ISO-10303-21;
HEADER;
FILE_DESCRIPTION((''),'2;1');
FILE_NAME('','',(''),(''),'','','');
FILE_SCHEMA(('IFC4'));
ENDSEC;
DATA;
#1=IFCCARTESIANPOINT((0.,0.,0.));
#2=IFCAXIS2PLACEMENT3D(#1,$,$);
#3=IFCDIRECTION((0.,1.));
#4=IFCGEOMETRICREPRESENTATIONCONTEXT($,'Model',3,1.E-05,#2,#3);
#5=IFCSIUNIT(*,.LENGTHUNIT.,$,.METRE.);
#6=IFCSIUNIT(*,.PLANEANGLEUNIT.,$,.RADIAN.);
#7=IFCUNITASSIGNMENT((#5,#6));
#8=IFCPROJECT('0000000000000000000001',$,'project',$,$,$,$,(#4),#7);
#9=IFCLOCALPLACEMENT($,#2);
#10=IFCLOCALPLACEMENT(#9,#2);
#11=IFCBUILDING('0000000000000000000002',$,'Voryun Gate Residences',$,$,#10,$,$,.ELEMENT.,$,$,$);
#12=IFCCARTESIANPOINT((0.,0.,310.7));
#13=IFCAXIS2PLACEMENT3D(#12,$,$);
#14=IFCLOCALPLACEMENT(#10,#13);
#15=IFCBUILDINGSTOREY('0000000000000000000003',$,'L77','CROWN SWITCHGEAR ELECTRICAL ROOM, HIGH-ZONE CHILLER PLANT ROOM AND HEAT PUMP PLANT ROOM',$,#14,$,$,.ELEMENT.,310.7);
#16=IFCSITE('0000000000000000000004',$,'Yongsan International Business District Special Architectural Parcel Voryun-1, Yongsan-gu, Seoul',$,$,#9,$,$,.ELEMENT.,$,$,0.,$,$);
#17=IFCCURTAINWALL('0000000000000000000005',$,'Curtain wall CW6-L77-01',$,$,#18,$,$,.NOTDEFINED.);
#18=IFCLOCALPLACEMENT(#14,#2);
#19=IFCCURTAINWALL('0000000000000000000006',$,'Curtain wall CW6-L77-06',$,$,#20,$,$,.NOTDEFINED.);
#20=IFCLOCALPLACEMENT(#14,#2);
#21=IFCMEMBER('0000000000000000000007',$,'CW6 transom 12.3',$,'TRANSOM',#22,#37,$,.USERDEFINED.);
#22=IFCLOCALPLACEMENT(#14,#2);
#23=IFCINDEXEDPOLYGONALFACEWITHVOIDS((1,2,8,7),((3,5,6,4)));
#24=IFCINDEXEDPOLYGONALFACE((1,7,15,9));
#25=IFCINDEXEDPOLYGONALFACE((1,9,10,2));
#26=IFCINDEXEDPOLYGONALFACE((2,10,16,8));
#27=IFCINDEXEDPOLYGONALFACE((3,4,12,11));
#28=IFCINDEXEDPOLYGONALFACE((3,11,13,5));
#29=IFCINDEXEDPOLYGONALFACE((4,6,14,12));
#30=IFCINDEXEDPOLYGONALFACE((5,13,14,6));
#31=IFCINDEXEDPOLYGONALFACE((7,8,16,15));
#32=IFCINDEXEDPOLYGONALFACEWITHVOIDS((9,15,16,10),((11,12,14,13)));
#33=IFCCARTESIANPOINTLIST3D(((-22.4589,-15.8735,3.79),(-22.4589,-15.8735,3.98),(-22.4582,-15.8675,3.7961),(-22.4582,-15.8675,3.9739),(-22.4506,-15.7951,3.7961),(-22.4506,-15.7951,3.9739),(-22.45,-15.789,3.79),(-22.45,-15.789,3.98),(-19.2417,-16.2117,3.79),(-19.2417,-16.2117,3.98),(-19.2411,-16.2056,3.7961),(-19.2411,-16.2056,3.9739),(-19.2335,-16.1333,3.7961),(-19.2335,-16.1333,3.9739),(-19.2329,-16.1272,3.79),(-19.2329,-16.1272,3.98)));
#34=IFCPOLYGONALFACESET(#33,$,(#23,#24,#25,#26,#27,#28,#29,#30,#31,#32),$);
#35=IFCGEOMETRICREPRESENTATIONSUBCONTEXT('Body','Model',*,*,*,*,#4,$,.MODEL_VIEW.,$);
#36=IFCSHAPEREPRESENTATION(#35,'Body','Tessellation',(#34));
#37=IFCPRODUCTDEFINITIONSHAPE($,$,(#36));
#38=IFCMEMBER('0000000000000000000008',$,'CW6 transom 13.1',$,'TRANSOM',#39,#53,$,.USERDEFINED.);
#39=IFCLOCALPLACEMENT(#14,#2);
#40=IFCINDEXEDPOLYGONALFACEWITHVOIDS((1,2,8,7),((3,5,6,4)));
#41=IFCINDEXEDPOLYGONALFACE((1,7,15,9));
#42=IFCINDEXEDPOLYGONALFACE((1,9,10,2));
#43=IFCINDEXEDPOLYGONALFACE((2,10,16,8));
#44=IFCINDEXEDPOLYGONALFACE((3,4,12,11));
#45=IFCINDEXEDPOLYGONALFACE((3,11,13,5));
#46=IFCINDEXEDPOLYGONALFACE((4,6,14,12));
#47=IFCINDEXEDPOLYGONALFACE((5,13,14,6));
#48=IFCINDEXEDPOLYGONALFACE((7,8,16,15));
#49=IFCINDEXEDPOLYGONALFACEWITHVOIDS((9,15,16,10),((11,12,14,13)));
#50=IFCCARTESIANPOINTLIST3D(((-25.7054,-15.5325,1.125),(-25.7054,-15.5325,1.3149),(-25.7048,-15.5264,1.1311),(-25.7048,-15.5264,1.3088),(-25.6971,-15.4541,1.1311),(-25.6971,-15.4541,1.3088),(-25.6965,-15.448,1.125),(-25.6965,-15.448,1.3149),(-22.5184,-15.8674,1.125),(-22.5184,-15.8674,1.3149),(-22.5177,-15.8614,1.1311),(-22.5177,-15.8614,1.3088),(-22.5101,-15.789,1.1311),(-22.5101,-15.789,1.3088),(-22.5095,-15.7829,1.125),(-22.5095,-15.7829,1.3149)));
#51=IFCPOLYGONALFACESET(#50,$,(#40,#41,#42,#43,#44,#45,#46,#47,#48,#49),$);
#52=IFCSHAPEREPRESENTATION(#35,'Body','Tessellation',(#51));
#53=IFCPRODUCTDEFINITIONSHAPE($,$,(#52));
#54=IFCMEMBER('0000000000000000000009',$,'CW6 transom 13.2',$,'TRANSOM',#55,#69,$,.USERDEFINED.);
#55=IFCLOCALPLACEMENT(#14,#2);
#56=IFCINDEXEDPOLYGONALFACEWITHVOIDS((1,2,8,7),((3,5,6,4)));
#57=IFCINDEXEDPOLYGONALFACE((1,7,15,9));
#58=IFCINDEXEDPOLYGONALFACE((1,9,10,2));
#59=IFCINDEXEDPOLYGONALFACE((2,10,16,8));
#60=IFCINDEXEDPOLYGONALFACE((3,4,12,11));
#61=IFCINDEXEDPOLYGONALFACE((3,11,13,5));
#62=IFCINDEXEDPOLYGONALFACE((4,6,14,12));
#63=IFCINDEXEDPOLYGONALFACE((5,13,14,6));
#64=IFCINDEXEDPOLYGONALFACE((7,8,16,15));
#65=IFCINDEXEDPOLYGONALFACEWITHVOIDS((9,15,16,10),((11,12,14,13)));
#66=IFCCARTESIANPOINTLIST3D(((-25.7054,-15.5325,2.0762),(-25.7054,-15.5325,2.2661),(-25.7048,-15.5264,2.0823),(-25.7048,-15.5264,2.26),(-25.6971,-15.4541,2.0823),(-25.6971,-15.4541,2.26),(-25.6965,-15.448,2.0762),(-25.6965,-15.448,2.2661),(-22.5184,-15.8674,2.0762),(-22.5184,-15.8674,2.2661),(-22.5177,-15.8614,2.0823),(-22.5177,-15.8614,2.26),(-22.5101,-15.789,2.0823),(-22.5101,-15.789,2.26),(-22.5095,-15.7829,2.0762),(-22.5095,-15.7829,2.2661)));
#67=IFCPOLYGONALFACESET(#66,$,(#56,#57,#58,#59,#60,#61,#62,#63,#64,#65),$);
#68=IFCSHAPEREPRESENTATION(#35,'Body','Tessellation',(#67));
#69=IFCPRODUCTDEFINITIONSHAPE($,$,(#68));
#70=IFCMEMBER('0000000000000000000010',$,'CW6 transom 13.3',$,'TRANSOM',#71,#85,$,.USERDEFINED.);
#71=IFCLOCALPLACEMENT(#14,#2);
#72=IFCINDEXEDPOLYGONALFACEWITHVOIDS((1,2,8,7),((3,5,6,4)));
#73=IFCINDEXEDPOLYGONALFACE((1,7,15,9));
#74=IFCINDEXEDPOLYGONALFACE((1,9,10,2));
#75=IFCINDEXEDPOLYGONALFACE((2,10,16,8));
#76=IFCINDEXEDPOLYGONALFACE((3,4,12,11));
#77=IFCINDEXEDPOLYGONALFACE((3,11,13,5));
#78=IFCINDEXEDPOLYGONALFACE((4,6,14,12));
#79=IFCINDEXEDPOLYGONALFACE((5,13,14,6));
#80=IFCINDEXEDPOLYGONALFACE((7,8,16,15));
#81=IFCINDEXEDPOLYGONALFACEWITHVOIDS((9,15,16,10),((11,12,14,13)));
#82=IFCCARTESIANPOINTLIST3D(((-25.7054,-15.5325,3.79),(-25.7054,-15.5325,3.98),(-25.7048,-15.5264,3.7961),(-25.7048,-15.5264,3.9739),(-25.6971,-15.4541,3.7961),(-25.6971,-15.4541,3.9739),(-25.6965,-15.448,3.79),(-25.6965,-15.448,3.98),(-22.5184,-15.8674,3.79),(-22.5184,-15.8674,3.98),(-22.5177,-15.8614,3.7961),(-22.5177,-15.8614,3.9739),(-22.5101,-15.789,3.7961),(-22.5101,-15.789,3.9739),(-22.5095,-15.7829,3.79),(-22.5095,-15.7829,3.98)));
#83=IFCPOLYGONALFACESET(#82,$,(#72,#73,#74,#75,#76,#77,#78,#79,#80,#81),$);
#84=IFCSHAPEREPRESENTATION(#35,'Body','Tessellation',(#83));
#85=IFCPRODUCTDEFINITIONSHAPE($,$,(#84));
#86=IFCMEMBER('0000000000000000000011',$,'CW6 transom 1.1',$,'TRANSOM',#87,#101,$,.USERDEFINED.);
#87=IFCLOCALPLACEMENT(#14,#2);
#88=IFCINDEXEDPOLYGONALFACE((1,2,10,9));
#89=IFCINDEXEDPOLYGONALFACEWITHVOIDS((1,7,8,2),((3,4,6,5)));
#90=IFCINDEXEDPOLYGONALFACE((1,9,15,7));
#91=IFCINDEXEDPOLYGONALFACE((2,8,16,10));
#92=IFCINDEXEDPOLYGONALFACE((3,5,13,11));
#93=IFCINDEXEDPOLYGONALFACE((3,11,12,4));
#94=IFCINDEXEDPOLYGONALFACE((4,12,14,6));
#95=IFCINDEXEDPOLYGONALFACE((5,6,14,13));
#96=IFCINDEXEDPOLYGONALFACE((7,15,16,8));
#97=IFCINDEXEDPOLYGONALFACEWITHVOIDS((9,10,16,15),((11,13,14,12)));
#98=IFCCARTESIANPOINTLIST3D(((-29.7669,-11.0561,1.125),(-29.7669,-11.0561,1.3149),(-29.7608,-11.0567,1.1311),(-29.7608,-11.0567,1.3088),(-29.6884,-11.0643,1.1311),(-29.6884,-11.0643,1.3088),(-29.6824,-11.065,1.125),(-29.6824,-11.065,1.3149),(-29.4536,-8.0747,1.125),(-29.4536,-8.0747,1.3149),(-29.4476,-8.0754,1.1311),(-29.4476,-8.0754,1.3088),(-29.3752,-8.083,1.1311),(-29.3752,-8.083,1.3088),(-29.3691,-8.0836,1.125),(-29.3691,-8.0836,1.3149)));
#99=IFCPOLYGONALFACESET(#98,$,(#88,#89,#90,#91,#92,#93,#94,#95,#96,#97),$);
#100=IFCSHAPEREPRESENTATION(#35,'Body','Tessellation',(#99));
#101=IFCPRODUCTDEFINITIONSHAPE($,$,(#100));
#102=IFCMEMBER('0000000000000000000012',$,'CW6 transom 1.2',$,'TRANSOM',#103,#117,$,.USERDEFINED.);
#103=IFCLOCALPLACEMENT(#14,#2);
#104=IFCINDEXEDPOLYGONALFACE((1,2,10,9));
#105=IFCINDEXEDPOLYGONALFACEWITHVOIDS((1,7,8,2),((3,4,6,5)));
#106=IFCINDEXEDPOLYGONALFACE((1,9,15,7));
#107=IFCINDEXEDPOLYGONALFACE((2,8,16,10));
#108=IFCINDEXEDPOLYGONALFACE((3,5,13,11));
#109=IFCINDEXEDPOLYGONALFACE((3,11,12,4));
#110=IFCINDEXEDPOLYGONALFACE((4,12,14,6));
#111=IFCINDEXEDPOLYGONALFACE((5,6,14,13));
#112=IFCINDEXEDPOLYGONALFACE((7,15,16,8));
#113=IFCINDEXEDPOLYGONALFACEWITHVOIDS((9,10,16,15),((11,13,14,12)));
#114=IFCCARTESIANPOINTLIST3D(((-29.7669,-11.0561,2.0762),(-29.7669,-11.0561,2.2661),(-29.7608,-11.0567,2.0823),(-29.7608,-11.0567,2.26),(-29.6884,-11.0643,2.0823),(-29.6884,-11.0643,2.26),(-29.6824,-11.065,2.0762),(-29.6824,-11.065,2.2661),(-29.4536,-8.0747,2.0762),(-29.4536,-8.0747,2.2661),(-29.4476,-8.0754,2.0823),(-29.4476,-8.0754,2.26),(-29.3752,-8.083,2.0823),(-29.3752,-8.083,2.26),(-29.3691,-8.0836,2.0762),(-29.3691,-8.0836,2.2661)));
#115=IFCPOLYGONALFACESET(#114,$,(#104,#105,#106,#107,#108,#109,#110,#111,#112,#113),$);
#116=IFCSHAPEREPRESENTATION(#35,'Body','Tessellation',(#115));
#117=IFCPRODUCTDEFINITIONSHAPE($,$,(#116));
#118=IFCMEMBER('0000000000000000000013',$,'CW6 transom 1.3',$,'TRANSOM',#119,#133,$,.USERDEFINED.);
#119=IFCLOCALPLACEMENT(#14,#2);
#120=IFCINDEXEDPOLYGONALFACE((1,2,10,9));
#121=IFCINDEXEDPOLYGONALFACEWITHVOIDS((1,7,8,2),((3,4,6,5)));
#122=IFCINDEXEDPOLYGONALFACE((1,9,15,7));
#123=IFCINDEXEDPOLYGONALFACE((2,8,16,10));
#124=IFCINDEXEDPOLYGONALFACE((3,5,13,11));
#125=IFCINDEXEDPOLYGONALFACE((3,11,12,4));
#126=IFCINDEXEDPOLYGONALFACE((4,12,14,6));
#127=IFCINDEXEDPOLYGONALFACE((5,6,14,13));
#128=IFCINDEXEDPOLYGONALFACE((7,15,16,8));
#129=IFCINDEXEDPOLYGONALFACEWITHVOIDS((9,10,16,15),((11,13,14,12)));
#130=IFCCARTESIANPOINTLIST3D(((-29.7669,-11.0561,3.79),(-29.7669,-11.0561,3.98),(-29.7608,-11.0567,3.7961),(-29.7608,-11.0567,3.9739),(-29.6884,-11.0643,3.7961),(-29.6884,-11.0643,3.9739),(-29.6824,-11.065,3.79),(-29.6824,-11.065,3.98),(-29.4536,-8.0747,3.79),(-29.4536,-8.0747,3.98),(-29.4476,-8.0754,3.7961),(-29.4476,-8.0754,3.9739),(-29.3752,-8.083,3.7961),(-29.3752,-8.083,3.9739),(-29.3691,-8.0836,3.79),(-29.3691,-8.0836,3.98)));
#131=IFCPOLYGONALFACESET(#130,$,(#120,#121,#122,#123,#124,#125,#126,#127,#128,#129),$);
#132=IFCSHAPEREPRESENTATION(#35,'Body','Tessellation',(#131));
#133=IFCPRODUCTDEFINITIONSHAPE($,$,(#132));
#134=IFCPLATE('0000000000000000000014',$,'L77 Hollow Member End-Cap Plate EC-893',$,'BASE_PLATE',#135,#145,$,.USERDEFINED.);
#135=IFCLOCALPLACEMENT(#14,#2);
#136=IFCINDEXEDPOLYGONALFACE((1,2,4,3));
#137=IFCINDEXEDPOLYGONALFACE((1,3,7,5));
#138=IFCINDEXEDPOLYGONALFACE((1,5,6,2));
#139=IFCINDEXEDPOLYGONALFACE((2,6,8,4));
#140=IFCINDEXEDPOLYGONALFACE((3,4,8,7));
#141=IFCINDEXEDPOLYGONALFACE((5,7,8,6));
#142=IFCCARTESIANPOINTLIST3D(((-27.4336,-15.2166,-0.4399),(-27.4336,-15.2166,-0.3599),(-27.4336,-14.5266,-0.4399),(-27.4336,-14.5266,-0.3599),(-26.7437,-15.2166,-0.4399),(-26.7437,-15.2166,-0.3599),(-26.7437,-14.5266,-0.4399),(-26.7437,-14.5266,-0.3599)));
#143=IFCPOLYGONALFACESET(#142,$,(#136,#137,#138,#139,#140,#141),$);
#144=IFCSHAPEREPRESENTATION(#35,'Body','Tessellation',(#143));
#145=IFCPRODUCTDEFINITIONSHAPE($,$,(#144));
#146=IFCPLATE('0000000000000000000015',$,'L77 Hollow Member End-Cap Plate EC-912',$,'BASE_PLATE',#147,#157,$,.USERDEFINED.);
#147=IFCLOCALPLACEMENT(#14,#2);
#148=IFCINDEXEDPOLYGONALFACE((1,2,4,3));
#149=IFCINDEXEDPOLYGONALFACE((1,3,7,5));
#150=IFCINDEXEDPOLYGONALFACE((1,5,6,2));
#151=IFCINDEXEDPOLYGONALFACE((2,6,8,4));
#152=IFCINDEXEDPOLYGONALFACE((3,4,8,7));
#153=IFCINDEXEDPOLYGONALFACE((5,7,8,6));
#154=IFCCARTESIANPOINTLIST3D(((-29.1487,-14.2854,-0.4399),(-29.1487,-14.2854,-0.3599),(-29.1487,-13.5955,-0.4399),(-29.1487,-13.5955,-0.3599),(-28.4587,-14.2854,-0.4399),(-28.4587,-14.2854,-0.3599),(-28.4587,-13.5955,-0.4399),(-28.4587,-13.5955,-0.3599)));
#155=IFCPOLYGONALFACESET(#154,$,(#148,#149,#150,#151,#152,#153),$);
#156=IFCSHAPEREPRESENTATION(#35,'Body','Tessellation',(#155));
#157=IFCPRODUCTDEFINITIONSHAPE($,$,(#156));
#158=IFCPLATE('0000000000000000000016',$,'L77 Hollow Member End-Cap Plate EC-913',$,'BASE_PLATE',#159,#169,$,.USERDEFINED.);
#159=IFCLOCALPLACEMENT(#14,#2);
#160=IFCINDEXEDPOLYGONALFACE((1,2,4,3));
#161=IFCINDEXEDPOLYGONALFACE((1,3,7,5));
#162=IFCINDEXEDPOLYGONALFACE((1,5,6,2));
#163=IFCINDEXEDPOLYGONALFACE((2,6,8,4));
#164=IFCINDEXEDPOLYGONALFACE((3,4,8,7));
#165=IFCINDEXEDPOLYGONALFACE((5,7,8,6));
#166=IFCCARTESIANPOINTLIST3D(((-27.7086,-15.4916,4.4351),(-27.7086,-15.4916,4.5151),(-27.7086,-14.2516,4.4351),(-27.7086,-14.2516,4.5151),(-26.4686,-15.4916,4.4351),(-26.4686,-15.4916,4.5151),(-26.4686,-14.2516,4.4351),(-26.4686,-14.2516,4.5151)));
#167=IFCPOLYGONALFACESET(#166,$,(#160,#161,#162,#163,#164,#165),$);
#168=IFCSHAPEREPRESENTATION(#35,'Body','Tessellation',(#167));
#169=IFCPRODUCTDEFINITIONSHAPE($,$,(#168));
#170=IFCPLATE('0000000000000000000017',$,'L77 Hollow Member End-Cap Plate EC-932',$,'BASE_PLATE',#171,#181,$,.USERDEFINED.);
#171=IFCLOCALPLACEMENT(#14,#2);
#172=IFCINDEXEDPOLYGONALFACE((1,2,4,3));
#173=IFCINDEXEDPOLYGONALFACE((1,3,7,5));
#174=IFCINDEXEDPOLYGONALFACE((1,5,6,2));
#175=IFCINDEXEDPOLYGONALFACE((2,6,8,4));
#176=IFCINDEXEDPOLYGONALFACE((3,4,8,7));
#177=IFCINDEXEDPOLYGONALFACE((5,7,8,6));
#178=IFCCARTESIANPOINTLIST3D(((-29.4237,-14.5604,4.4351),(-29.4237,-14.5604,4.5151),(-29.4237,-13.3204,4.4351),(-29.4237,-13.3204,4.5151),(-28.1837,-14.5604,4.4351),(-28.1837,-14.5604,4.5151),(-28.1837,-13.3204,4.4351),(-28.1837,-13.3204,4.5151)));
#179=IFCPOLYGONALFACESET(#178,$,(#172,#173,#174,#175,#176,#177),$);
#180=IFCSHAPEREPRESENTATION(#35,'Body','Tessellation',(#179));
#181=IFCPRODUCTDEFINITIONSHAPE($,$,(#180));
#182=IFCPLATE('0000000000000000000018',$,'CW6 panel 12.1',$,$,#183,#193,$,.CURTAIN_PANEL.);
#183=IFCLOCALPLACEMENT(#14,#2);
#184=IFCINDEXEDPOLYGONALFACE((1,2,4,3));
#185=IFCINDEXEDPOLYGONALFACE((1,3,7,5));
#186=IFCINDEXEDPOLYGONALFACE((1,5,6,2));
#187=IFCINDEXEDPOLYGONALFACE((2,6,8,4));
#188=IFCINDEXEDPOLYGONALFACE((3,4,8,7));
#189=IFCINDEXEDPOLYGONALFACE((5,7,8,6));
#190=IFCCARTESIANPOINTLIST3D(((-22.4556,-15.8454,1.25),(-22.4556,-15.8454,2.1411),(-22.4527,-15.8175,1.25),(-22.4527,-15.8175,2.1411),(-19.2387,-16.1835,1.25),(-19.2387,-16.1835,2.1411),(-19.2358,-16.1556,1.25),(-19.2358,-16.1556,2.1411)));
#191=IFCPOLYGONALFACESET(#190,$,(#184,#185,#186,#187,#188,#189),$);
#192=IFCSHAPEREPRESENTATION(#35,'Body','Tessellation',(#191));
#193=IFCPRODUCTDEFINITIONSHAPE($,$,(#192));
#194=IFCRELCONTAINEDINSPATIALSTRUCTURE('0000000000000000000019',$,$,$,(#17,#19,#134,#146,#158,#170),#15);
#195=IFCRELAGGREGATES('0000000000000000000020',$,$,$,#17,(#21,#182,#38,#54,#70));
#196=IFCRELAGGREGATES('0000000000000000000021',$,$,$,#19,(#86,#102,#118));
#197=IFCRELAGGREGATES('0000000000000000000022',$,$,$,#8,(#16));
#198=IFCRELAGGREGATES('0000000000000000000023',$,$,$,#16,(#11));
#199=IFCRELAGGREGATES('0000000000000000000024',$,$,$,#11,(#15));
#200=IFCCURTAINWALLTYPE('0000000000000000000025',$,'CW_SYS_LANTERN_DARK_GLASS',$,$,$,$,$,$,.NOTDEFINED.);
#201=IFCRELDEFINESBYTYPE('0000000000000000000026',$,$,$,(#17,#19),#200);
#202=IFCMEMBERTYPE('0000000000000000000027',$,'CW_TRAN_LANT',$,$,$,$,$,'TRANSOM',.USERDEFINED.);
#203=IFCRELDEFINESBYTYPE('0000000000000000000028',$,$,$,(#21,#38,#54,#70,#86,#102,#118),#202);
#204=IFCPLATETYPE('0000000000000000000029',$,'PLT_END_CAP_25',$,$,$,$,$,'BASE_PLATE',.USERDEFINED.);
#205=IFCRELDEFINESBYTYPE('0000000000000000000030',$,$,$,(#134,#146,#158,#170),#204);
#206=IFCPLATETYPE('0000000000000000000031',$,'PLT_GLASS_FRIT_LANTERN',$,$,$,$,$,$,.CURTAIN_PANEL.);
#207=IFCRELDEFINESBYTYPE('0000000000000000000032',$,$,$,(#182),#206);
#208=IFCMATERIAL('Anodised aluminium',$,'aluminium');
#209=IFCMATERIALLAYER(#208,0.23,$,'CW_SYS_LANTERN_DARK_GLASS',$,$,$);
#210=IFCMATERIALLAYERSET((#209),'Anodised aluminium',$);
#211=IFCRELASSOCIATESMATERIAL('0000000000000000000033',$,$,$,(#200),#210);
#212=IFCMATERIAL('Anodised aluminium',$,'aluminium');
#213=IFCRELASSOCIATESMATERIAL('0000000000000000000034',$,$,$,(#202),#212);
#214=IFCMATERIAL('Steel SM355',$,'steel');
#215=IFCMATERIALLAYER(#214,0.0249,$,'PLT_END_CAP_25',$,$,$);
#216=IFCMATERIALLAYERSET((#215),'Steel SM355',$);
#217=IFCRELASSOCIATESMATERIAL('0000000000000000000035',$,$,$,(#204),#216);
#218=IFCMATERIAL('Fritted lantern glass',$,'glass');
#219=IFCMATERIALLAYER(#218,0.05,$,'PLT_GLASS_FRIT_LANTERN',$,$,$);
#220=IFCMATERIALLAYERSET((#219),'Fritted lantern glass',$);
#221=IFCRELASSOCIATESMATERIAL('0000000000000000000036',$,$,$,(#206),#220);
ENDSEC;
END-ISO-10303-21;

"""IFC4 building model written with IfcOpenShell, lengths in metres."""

from ifc_helpers import new_model, si_unit, direction, frame, origin, origin_2d, place, context, subcontext, project, spatial, rectangle, hollow_rectangle, extrude, material, layer, layer_set, material_profile, profile_set, type_object, element, aggregate, save


model = new_model("IFC4")

# Units and contexts
model_context = context("Model", 3, precision=1e-05, world=origin(), true_north=direction((0.0, 1.0)))
body_context = subcontext(model_context, "Body", "Model", "MODEL_VIEW")
ifc_project = project(units=[si_unit("LENGTHUNIT", "METRE"), si_unit("PLANEANGLEUNIT", "RADIAN")], contexts=[model_context])

# Site, building, storey
site_placement = place(None, origin())
site = spatial("IfcSite", under=ifc_project, at=site_placement, Name="Yongsan International Business District Special Architectural Parcel Voryun-1, Yongsan-gu, Seoul", CompositionType="ELEMENT", RefElevation=0.0)
building_placement = place(site_placement, origin())
building = spatial("IfcBuilding", under=site, at=building_placement, Name="Voryun Gate Residences", CompositionType="ELEMENT")
storey_placement = place(building_placement, frame((0.0, 0.0, 310.7)))
storey = spatial("IfcBuildingStorey", under=building, at=storey_placement, Name="L77", Description="CROWN SWITCHGEAR ELECTRICAL ROOM, HIGH-ZONE CHILLER PLANT ROOM AND HEAT PUMP PLANT ROOM", CompositionType="ELEMENT", Elevation=310.7)

# Curtain wall
ifc_material_1 = material(Name="Anodised aluminium", Category="aluminium")
ifc_layer_1 = layer(ifc_material_1, 0.23, Name="CW_SYS_LANTERN_DARK_GLASS")
ifc_layer_set_1 = layer_set([ifc_layer_1], Name="Anodised aluminium")
curtain_wall_type = type_object("IfcCurtainWallType", Name="CW_SYS_LANTERN_DARK_GLASS", PredefinedType="NOTDEFINED", material=ifc_layer_set_1)
curtain_wall_1_placement = place(storey_placement, origin())
curtain_wall_1 = element("IfcCurtainWall", 1, at=curtain_wall_1_placement, inside=storey, type_object=curtain_wall_type, Name="Curtain wall CW6-L77-01", PredefinedType="NOTDEFINED")

# Curtain wall
curtain_wall_2_placement = place(storey_placement, origin())
curtain_wall_2 = element("IfcCurtainWall", 2, at=curtain_wall_2_placement, inside=storey, type_object=curtain_wall_type, Name="Curtain wall CW6-L77-06", PredefinedType="NOTDEFINED")

# Members
ifc_material_2 = material(Name="Anodised aluminium", Category="aluminium")
ifc_material_profile_1 = material_profile(ifc_material_2, hollow_rectangle(XDim=0.085, YDim=0.1899, WallThickness=0.0061, at=origin_2d()), Name="ALU-TRAN-190x85x6")
ifc_profile_set_1 = profile_set([ifc_material_profile_1], Name="Anodised aluminium")
member_type_1 = type_object("IfcMemberType", Name="CW_TRAN_LANT", ElementType="TRANSOM", PredefinedType="USERDEFINED", material=ifc_profile_set_1)
member_1_placement = place(storey_placement, frame((-19.2373, -16.1694, 3.885), z_axis=(-0.994522, 0.104532, 0.0), x_axis=(-0.104532, -0.994522, 0.0)))
member_1 = element("IfcMember", 3, at=member_1_placement, type_object=member_type_1, Name="CW6 transom 12.3", ObjectType="TRANSOM", PredefinedType="USERDEFINED", context=body_context, shape_type="SweptSolid", body=[
    extrude(hollow_rectangle(XDim=0.085, YDim=0.1899, WallThickness=0.0061, at=origin_2d()), origin(), (0.0, 0.0, 1.0), 3.2349),
])
member_2_placement = place(storey_placement, frame((-22.5139, -15.8252, 1.22), z_axis=(-0.994522, 0.104526, 0.0), x_axis=(-0.104526, -0.994522, 0.0)))
member_2 = element("IfcMember", 4, at=member_2_placement, type_object=member_type_1, Name="CW6 transom 13.1", ObjectType="TRANSOM", PredefinedType="USERDEFINED", context=body_context, shape_type="SweptSolid", body=[
    extrude(hollow_rectangle(XDim=0.085, YDim=0.1899, WallThickness=0.0061, at=origin_2d()), origin(), (0.0, 0.0, 1.0), 3.2046),
])
member_3_placement = place(storey_placement, frame((-22.5139, -15.8252, 2.1711), z_axis=(-0.994522, 0.104526, 0.0), x_axis=(-0.104526, -0.994522, 0.0)))
member_3 = element("IfcMember", 5, at=member_3_placement, type_object=member_type_1, Name="CW6 transom 13.2", ObjectType="TRANSOM", PredefinedType="USERDEFINED", context=body_context, shape_type="SweptSolid", body=[
    extrude(hollow_rectangle(XDim=0.085, YDim=0.1899, WallThickness=0.0061, at=origin_2d()), origin(), (0.0, 0.0, 1.0), 3.2046),
])
member_4_placement = place(storey_placement, frame((-22.5139, -15.8252, 3.885), z_axis=(-0.994522, 0.104526, 0.0), x_axis=(-0.104526, -0.994522, 0.0)))
member_4 = element("IfcMember", 6, at=member_4_placement, type_object=member_type_1, Name="CW6 transom 13.3", ObjectType="TRANSOM", PredefinedType="USERDEFINED", context=body_context, shape_type="SweptSolid", body=[
    extrude(hollow_rectangle(XDim=0.085, YDim=0.1899, WallThickness=0.0061, at=origin_2d()), origin(), (0.0, 0.0, 1.0), 3.2046),
])
member_5_placement = place(storey_placement, frame((-29.7246, -11.0605, 1.22), z_axis=(0.104486, 0.994526, 0.0), x_axis=(-0.994526, 0.104486, 0.0)))
member_5 = element("IfcMember", 7, at=member_5_placement, type_object=member_type_1, Name="CW6 transom 1.1", ObjectType="TRANSOM", PredefinedType="USERDEFINED", context=body_context, shape_type="SweptSolid", body=[
    extrude(hollow_rectangle(XDim=0.085, YDim=0.1899, WallThickness=0.0061, at=origin_2d()), origin(), (0.0, 0.0, 1.0), 2.9978),
])
member_6_placement = place(storey_placement, frame((-29.7246, -11.0605, 2.1711), z_axis=(0.104486, 0.994526, 0.0), x_axis=(-0.994526, 0.104486, 0.0)))
member_6 = element("IfcMember", 8, at=member_6_placement, type_object=member_type_1, Name="CW6 transom 1.2", ObjectType="TRANSOM", PredefinedType="USERDEFINED", context=body_context, shape_type="SweptSolid", body=[
    extrude(hollow_rectangle(XDim=0.085, YDim=0.1899, WallThickness=0.0061, at=origin_2d()), origin(), (0.0, 0.0, 1.0), 2.9978),
])
member_7_placement = place(storey_placement, frame((-29.7246, -11.0605, 3.885), z_axis=(0.104486, 0.994526, 0.0), x_axis=(-0.994526, 0.104486, 0.0)))
member_7 = element("IfcMember", 9, at=member_7_placement, type_object=member_type_1, Name="CW6 transom 1.3", ObjectType="TRANSOM", PredefinedType="USERDEFINED", context=body_context, shape_type="SweptSolid", body=[
    extrude(hollow_rectangle(XDim=0.085, YDim=0.1899, WallThickness=0.0061, at=origin_2d()), origin(), (0.0, 0.0, 1.0), 2.9978),
])

# Plates
ifc_material_3 = material(Name="Steel SM355", Category="steel")
ifc_layer_2 = layer(ifc_material_3, 0.0249, Name="PLT_END_CAP_25")
ifc_layer_set_2 = layer_set([ifc_layer_2], Name="Steel SM355")
plate_type_1 = type_object("IfcPlateType", Name="PLT_END_CAP_25", ElementType="BASE_PLATE", PredefinedType="USERDEFINED", material=ifc_layer_set_2)
for number, where, z_axis, x_axis, name in (
    (10, (-27.0886, -14.8716, -0.4399), (0.0, 0.0, 1.0), (1.0, 0.0, 0.0), "L77 Hollow Member End-Cap Plate EC-893"),
    (11, (-28.8037, -13.9404, -0.4399), (0.0, 0.0, 1.0), (1.0, 0.0, 0.0), "L77 Hollow Member End-Cap Plate EC-912"),
):
    element("IfcPlate", number, at=place(storey_placement, frame(where, z_axis=z_axis, x_axis=x_axis)), inside=storey, type_object=plate_type_1, Name=name, ObjectType="BASE_PLATE", PredefinedType="USERDEFINED", context=body_context, shape_type="SweptSolid", body=[
        extrude(rectangle(XDim=0.6899, YDim=0.6899, at=origin_2d()), origin(), (0.0, 0.0, 1.0), 0.0801),
    ])
for number, where, z_axis, x_axis, name in (
    (12, (-27.0886, -14.8716, 4.4351), (0.0, 0.0, 1.0), (1.0, 0.0, 0.0), "L77 Hollow Member End-Cap Plate EC-913"),
    (13, (-28.8037, -13.9404, 4.4351), (0.0, 0.0, 1.0), (1.0, 0.0, 0.0), "L77 Hollow Member End-Cap Plate EC-932"),
):
    element("IfcPlate", number, at=place(storey_placement, frame(where, z_axis=z_axis, x_axis=x_axis)), inside=storey, type_object=plate_type_1, Name=name, ObjectType="BASE_PLATE", PredefinedType="USERDEFINED", context=body_context, shape_type="SweptSolid", body=[
        extrude(rectangle(XDim=1.24, YDim=1.24, at=origin_2d()), origin(), (0.0, 0.0, 1.0), 0.0801),
    ])

# Plate
ifc_material_4 = material(Name="Fritted lantern glass", Category="glass")
ifc_layer_3 = layer(ifc_material_4, 0.05, Name="PLT_GLASS_FRIT_LANTERN")
ifc_layer_set_3 = layer_set([ifc_layer_3], Name="Fritted lantern glass")
plate_type_2 = type_object("IfcPlateType", Name="PLT_GLASS_FRIT_LANTERN", PredefinedType="CURTAIN_PANEL", material=ifc_layer_set_3)
plate_1_placement = place(storey_placement, frame((-20.8457, -16.0005, 1.25), z_axis=(0.0, 0.0, 1.0), x_axis=(-0.994522, 0.104528, 0.0)))
plate_1 = element("IfcPlate", 14, at=plate_1_placement, type_object=plate_type_2, Name="CW6 panel 12.1", PredefinedType="CURTAIN_PANEL", context=body_context, shape_type="SweptSolid", body=[
    extrude(rectangle(XDim=3.2346, YDim=0.0281, at=origin_2d()), origin(), (0.0, 0.0, 1.0), 0.8911),
])
aggregate(curtain_wall_1, [member_1, plate_1, member_2, member_3, member_4])
aggregate(curtain_wall_2, [member_5, member_6, member_7])

save(model, "model.ifc")
